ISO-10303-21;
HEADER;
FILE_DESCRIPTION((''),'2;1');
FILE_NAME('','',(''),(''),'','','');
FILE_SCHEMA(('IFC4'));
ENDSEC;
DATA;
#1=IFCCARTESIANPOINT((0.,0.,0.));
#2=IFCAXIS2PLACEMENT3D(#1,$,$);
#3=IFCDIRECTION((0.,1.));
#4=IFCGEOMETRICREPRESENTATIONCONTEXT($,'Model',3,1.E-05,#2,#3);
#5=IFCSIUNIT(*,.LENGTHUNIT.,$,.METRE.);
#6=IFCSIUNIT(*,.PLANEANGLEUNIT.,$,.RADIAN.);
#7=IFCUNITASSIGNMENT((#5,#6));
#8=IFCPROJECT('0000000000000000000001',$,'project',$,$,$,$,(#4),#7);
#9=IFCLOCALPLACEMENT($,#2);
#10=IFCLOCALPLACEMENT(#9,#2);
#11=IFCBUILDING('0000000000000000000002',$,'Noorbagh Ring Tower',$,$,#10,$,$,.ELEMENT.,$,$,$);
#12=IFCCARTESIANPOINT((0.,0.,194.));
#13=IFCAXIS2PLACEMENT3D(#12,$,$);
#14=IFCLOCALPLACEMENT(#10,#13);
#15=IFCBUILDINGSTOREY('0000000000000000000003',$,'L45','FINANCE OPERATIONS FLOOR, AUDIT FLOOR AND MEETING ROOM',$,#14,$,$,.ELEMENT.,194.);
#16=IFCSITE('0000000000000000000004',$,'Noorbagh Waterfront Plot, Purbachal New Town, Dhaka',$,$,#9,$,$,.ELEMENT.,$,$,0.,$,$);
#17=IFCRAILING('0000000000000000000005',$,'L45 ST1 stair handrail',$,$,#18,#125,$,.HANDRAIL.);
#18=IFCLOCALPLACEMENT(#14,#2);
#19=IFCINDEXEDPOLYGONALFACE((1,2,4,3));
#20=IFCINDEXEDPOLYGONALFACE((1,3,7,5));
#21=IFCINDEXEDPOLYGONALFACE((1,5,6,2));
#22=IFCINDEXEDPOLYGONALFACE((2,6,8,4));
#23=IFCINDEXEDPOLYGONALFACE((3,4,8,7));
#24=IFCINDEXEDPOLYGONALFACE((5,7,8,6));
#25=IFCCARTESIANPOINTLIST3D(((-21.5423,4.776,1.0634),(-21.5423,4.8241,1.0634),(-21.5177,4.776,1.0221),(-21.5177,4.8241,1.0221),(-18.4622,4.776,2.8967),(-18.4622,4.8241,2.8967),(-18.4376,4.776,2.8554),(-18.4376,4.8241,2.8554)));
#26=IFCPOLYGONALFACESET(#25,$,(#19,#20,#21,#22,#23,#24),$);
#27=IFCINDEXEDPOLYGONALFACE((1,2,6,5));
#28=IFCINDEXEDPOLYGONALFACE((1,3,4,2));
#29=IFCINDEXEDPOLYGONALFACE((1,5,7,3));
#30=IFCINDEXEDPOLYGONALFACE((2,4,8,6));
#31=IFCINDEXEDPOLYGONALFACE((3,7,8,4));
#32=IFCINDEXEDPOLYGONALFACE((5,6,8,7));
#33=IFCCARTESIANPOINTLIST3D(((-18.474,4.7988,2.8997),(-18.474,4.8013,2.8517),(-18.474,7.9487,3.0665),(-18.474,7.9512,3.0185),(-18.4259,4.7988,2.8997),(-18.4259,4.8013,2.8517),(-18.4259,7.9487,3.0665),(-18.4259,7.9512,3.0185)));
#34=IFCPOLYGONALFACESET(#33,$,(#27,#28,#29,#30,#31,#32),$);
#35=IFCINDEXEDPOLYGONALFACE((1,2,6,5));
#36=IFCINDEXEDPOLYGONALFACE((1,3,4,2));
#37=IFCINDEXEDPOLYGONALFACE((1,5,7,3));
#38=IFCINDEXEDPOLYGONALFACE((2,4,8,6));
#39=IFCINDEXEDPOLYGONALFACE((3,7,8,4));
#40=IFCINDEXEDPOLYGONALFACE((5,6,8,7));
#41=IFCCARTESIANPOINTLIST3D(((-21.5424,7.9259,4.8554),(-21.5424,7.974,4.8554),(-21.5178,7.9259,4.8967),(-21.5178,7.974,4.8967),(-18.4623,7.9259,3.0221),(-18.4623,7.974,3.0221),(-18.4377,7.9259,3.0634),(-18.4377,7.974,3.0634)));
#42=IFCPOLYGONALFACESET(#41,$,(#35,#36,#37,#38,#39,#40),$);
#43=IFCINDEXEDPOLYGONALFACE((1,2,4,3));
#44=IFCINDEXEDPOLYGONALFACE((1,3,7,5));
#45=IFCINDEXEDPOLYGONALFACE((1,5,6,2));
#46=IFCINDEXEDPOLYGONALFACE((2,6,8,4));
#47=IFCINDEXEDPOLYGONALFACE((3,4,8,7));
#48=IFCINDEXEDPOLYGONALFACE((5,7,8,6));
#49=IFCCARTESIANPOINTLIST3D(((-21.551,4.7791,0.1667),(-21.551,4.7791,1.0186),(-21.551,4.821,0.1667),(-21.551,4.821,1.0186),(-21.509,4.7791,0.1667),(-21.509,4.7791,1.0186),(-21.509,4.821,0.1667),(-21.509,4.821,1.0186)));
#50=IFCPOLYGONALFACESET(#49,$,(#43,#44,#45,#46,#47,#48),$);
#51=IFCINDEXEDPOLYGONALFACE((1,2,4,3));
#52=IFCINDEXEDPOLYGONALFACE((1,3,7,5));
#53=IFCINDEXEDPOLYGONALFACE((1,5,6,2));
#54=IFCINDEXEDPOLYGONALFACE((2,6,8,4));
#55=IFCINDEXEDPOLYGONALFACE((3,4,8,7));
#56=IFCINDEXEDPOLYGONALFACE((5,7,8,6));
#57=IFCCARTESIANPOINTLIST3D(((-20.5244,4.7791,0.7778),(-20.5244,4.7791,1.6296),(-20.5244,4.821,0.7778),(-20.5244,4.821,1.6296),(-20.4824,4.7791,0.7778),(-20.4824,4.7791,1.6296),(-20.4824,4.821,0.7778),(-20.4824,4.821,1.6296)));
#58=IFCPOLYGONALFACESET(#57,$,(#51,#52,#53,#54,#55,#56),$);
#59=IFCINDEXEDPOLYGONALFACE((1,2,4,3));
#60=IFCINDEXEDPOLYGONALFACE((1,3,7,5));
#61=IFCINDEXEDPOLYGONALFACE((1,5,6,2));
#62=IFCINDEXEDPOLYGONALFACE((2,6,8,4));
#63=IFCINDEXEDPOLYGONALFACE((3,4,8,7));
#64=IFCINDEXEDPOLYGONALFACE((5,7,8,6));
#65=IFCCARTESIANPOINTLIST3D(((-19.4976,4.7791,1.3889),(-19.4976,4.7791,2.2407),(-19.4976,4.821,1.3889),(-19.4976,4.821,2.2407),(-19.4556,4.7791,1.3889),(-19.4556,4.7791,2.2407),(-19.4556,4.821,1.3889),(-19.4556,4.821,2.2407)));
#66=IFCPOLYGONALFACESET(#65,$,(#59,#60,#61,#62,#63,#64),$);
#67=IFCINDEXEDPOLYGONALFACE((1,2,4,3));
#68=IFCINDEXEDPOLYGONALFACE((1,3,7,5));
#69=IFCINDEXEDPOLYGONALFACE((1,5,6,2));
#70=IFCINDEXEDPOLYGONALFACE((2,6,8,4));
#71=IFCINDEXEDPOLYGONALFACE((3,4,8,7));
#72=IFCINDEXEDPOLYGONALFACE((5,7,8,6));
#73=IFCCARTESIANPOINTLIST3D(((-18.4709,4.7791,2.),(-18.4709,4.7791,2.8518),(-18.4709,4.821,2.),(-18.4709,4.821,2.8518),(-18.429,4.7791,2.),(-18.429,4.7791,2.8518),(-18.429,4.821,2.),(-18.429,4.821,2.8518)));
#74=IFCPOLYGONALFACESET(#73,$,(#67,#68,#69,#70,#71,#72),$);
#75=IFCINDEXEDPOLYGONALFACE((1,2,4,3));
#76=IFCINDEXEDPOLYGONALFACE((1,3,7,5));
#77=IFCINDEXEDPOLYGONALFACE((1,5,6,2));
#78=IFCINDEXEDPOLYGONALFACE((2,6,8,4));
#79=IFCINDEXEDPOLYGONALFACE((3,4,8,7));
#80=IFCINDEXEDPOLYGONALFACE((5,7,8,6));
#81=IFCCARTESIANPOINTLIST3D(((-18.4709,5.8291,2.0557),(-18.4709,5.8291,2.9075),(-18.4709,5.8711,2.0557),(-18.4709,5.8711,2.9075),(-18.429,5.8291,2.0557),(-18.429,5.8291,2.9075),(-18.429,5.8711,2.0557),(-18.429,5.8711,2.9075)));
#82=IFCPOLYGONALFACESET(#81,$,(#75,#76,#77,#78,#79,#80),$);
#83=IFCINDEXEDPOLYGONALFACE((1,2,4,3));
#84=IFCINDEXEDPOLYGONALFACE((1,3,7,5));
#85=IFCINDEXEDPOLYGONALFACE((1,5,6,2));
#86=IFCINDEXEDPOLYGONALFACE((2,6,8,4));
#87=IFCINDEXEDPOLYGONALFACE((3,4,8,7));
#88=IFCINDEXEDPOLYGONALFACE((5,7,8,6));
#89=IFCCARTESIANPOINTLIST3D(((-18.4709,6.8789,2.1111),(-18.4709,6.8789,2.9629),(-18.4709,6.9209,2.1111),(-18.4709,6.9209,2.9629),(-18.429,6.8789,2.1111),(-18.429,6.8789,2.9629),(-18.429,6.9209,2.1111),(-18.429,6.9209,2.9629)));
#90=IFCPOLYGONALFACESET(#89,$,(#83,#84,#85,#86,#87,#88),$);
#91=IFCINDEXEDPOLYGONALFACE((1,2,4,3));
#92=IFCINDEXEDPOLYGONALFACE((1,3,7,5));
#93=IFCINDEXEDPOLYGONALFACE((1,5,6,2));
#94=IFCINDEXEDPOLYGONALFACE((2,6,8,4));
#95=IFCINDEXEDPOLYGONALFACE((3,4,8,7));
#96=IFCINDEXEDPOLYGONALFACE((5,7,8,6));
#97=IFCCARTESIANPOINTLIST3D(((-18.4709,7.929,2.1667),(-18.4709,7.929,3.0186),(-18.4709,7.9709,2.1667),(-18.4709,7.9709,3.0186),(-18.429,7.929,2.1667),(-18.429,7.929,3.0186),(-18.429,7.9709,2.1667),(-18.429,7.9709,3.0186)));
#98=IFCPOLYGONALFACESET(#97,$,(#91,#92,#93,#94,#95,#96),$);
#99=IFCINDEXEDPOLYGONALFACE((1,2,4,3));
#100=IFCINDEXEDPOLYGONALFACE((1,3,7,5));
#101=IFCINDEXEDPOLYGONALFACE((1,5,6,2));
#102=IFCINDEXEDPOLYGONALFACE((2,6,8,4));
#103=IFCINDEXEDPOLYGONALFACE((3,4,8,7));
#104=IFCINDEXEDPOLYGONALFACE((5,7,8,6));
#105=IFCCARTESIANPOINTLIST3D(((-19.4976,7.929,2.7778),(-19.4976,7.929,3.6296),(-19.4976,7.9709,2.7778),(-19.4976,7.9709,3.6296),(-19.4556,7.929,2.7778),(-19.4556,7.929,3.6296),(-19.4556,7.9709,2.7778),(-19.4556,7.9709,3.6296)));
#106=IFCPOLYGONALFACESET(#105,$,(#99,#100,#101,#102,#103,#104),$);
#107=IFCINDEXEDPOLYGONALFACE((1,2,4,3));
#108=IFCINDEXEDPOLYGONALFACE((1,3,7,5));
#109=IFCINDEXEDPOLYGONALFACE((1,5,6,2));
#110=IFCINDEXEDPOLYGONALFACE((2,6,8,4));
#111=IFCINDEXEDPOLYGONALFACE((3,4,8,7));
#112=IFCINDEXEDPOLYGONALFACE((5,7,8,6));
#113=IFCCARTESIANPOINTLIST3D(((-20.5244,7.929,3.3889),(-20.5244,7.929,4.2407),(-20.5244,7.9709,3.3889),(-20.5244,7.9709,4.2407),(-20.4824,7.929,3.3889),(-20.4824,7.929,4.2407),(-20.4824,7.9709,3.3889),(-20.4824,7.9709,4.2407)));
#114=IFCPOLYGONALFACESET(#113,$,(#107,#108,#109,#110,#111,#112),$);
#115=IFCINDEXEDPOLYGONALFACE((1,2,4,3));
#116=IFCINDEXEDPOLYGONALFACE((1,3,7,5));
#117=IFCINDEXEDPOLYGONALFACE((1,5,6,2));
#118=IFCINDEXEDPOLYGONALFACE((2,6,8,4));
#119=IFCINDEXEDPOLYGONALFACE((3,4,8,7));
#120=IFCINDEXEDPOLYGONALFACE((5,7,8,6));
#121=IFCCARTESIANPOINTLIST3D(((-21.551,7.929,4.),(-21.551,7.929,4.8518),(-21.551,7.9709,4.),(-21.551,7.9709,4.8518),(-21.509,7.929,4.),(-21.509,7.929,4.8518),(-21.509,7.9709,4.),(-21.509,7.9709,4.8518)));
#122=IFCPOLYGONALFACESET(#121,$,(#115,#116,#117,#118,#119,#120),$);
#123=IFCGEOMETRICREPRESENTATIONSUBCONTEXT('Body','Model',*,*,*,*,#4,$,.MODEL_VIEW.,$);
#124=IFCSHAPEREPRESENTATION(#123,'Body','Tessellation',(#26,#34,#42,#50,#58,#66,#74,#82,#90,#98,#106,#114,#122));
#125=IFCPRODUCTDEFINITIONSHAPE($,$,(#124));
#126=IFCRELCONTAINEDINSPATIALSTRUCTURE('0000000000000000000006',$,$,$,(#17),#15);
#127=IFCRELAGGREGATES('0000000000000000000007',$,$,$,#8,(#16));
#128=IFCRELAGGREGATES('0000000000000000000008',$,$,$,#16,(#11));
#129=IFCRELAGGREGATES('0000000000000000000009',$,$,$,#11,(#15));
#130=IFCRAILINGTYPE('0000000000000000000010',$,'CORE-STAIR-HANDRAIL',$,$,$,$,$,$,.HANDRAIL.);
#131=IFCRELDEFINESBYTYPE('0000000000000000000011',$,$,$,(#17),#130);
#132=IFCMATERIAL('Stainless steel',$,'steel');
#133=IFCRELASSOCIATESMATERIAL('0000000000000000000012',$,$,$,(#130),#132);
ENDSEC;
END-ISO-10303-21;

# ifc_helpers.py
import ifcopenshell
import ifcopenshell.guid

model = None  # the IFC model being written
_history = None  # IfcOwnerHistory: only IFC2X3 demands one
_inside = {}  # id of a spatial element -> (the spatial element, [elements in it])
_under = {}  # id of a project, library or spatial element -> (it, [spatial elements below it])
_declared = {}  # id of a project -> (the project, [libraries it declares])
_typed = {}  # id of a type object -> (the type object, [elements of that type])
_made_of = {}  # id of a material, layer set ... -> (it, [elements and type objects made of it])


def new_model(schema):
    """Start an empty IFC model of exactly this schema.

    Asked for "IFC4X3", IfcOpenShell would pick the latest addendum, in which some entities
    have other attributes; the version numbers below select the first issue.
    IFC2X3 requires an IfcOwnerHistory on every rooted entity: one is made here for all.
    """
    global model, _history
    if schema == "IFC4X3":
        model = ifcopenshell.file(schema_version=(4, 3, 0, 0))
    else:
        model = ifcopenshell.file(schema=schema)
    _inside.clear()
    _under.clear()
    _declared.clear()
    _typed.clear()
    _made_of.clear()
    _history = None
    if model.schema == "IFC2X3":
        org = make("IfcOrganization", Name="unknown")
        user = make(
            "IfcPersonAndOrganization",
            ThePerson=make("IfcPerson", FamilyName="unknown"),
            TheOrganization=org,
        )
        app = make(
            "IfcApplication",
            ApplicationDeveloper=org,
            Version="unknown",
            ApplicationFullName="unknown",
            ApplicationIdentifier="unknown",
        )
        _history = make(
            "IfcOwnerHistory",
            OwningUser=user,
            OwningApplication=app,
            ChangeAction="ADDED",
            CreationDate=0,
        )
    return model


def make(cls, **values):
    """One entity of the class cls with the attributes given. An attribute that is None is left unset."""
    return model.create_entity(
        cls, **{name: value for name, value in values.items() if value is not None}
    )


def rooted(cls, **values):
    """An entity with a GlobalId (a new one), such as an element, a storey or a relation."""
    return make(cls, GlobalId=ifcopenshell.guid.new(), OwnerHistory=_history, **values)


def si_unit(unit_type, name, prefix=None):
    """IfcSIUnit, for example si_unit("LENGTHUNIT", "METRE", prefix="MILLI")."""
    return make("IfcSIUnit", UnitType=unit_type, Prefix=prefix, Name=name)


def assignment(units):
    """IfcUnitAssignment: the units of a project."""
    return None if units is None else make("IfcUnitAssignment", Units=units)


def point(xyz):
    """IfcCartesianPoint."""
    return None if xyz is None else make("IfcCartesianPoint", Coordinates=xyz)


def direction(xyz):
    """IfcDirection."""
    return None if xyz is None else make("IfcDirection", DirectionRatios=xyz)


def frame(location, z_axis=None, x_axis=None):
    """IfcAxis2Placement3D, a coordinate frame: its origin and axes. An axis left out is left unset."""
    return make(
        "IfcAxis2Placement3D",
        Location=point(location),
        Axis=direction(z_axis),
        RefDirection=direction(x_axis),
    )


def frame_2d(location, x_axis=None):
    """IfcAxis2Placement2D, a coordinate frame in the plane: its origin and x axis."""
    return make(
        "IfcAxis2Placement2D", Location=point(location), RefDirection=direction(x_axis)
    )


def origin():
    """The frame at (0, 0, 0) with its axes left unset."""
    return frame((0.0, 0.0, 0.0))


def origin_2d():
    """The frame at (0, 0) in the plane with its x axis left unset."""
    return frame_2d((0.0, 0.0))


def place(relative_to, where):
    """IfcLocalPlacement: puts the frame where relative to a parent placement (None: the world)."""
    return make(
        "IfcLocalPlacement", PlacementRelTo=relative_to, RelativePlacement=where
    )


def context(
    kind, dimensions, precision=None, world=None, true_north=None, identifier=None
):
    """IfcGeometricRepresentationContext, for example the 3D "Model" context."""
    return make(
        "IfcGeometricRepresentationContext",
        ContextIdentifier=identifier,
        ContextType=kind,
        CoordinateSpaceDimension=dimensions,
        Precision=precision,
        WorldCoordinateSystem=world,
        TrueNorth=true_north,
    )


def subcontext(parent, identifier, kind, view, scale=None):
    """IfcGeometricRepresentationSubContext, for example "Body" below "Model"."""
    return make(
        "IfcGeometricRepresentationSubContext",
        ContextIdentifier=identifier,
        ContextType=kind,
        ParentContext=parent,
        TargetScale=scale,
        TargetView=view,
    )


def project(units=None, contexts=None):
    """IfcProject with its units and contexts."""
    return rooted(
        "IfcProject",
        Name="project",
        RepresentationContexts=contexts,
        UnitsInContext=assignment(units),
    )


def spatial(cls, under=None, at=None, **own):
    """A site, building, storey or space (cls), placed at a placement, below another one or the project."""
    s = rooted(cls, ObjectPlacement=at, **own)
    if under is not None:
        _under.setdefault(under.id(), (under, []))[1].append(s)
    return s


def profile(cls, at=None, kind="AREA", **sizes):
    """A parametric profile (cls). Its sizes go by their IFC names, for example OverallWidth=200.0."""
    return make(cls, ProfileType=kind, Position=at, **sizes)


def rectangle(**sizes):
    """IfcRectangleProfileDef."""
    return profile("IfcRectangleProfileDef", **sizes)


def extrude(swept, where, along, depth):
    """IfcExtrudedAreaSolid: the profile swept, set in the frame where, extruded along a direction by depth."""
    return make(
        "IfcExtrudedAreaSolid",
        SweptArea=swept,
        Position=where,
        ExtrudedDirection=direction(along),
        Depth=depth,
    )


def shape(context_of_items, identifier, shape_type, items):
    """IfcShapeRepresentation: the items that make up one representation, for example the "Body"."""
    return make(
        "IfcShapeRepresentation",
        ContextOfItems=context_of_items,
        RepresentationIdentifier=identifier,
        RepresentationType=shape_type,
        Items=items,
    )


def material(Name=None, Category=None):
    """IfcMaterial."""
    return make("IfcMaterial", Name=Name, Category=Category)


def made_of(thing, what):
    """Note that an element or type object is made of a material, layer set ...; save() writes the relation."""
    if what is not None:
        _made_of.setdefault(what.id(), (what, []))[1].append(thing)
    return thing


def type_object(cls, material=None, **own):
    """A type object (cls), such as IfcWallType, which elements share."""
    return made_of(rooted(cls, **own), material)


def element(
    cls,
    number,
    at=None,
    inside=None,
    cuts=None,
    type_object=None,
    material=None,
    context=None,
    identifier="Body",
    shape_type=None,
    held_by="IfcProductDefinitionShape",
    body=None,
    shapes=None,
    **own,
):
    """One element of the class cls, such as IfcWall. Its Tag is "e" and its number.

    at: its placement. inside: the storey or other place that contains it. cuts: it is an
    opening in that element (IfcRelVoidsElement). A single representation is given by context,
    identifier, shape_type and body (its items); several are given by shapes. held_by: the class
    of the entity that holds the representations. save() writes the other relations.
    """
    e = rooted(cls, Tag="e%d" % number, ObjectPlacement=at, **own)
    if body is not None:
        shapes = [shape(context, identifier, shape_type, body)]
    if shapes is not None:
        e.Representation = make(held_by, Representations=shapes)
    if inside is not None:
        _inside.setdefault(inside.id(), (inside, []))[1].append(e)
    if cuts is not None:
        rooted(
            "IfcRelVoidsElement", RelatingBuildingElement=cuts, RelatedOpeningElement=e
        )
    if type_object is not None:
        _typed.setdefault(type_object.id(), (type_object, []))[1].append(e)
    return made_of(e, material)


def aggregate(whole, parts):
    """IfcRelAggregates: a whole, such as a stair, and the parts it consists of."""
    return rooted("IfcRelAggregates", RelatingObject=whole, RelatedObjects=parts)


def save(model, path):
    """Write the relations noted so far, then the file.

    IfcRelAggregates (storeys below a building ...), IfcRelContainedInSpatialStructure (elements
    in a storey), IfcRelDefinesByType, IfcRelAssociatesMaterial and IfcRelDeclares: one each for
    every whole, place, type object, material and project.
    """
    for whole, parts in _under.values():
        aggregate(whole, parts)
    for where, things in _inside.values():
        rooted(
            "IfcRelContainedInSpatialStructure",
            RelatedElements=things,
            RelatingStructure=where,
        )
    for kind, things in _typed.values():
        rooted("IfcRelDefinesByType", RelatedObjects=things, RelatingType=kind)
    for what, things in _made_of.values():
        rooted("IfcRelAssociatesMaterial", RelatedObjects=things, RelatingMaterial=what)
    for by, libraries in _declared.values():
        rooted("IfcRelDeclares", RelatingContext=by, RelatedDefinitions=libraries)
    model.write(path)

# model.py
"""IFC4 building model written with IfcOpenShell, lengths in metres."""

from ifc_helpers import new_model, si_unit, direction, frame, origin, origin_2d, place, context, subcontext, project, spatial, rectangle, extrude, material, type_object, element, save


model = new_model("IFC4")

# Units and contexts
model_context = context("Model", 3, precision=1e-05, world=origin(), true_north=direction((0.0, 1.0)))
body_context = subcontext(model_context, "Body", "Model", "MODEL_VIEW")
ifc_project = project(units=[si_unit("LENGTHUNIT", "METRE"), si_unit("PLANEANGLEUNIT", "RADIAN")], contexts=[model_context])

# Site, building, storey
site_placement = place(None, origin())
site = spatial("IfcSite", under=ifc_project, at=site_placement, Name="Noorbagh Waterfront Plot, Purbachal New Town, Dhaka", CompositionType="ELEMENT", RefElevation=0.0)
building_placement = place(site_placement, origin())
building = spatial("IfcBuilding", under=site, at=building_placement, Name="Noorbagh Ring Tower", CompositionType="ELEMENT")
storey_placement = place(building_placement, frame((0.0, 0.0, 194.0)))
storey = spatial("IfcBuildingStorey", under=building, at=storey_placement, Name="L45", Description="FINANCE OPERATIONS FLOOR, AUDIT FLOOR AND MEETING ROOM", CompositionType="ELEMENT", Elevation=194.0)

# Railing
ifc_material_1 = material(Name="Stainless steel", Category="steel")
railing_type_1 = type_object("IfcRailingType", Name="CORE-STAIR-HANDRAIL", PredefinedType="HANDRAIL", material=ifc_material_1)
railing_1_placement = place(storey_placement, frame((-21.53, 4.8, 0.1667)))
element("IfcRailing", 1, at=railing_1_placement, inside=storey, type_object=railing_type_1, Name="L45 ST1 stair handrail", PredefinedType="HANDRAIL", context=body_context, shape_type="SweptSolid", body=[
    extrude(rectangle(XDim=0.0481, YDim=0.0481, at=origin_2d()), frame((0.0, 0.0, 0.876), z_axis=(0.859309, 0.0, 0.511458), x_axis=(0.0, 1.0, 0.0)), (0.0, 0.0, 1.0), 3.5845),
    extrude(rectangle(XDim=0.0481, YDim=0.0481, at=origin_2d()), frame((3.0801, 0.0, 2.709), z_axis=(0.0, 0.998602, 0.052864), x_axis=(-1.0, 0.0, 0.0)), (0.0, 0.0, 1.0), 3.1543),
    extrude(rectangle(XDim=0.0481, YDim=0.0481, at=origin_2d()), frame((3.0801, 3.1499, 2.876), z_axis=(-0.859309, 0.0, 0.511458), x_axis=(0.0, -1.0, 0.0)), (0.0, 0.0, 1.0), 3.5845),
    extrude(rectangle(XDim=0.042, YDim=0.042, at=origin_2d()), origin(), (0.0, 0.0, 1.0), 0.8518),
    extrude(rectangle(XDim=0.042, YDim=0.042, at=origin_2d()), frame((1.0266, 0.0, 0.6111)), (0.0, 0.0, 1.0), 0.8518),
    extrude(rectangle(XDim=0.042, YDim=0.042, at=origin_2d()), frame((2.0535, 0.0, 1.2222)), (0.0, 0.0, 1.0), 0.8518),
    extrude(rectangle(XDim=0.042, YDim=0.042, at=origin_2d()), frame((3.0801, 0.0, 1.8333)), (0.0, 0.0, 1.0), 0.8518),
    extrude(rectangle(XDim=0.042, YDim=0.042, at=origin_2d()), frame((3.0801, 1.05, 1.8889)), (0.0, 0.0, 1.0), 0.8518),
    extrude(rectangle(XDim=0.042, YDim=0.042, at=origin_2d()), frame((3.0801, 2.0999, 1.9443)), (0.0, 0.0, 1.0), 0.8518),
    extrude(rectangle(XDim=0.042, YDim=0.042, at=origin_2d()), frame((3.0801, 3.1499, 2.0)), (0.0, 0.0, 1.0), 0.8518),
    extrude(rectangle(XDim=0.042, YDim=0.042, at=origin_2d()), frame((2.0535, 3.1499, 2.6111)), (0.0, 0.0, 1.0), 0.8518),
    extrude(rectangle(XDim=0.042, YDim=0.042, at=origin_2d()), frame((1.0266, 3.1499, 3.2222)), (0.0, 0.0, 1.0), 0.8518),
    extrude(rectangle(XDim=0.042, YDim=0.042, at=origin_2d()), frame((0.0, 3.1499, 3.8333)), (0.0, 0.0, 1.0), 0.8518),
])

save(model, "model.ifc")
